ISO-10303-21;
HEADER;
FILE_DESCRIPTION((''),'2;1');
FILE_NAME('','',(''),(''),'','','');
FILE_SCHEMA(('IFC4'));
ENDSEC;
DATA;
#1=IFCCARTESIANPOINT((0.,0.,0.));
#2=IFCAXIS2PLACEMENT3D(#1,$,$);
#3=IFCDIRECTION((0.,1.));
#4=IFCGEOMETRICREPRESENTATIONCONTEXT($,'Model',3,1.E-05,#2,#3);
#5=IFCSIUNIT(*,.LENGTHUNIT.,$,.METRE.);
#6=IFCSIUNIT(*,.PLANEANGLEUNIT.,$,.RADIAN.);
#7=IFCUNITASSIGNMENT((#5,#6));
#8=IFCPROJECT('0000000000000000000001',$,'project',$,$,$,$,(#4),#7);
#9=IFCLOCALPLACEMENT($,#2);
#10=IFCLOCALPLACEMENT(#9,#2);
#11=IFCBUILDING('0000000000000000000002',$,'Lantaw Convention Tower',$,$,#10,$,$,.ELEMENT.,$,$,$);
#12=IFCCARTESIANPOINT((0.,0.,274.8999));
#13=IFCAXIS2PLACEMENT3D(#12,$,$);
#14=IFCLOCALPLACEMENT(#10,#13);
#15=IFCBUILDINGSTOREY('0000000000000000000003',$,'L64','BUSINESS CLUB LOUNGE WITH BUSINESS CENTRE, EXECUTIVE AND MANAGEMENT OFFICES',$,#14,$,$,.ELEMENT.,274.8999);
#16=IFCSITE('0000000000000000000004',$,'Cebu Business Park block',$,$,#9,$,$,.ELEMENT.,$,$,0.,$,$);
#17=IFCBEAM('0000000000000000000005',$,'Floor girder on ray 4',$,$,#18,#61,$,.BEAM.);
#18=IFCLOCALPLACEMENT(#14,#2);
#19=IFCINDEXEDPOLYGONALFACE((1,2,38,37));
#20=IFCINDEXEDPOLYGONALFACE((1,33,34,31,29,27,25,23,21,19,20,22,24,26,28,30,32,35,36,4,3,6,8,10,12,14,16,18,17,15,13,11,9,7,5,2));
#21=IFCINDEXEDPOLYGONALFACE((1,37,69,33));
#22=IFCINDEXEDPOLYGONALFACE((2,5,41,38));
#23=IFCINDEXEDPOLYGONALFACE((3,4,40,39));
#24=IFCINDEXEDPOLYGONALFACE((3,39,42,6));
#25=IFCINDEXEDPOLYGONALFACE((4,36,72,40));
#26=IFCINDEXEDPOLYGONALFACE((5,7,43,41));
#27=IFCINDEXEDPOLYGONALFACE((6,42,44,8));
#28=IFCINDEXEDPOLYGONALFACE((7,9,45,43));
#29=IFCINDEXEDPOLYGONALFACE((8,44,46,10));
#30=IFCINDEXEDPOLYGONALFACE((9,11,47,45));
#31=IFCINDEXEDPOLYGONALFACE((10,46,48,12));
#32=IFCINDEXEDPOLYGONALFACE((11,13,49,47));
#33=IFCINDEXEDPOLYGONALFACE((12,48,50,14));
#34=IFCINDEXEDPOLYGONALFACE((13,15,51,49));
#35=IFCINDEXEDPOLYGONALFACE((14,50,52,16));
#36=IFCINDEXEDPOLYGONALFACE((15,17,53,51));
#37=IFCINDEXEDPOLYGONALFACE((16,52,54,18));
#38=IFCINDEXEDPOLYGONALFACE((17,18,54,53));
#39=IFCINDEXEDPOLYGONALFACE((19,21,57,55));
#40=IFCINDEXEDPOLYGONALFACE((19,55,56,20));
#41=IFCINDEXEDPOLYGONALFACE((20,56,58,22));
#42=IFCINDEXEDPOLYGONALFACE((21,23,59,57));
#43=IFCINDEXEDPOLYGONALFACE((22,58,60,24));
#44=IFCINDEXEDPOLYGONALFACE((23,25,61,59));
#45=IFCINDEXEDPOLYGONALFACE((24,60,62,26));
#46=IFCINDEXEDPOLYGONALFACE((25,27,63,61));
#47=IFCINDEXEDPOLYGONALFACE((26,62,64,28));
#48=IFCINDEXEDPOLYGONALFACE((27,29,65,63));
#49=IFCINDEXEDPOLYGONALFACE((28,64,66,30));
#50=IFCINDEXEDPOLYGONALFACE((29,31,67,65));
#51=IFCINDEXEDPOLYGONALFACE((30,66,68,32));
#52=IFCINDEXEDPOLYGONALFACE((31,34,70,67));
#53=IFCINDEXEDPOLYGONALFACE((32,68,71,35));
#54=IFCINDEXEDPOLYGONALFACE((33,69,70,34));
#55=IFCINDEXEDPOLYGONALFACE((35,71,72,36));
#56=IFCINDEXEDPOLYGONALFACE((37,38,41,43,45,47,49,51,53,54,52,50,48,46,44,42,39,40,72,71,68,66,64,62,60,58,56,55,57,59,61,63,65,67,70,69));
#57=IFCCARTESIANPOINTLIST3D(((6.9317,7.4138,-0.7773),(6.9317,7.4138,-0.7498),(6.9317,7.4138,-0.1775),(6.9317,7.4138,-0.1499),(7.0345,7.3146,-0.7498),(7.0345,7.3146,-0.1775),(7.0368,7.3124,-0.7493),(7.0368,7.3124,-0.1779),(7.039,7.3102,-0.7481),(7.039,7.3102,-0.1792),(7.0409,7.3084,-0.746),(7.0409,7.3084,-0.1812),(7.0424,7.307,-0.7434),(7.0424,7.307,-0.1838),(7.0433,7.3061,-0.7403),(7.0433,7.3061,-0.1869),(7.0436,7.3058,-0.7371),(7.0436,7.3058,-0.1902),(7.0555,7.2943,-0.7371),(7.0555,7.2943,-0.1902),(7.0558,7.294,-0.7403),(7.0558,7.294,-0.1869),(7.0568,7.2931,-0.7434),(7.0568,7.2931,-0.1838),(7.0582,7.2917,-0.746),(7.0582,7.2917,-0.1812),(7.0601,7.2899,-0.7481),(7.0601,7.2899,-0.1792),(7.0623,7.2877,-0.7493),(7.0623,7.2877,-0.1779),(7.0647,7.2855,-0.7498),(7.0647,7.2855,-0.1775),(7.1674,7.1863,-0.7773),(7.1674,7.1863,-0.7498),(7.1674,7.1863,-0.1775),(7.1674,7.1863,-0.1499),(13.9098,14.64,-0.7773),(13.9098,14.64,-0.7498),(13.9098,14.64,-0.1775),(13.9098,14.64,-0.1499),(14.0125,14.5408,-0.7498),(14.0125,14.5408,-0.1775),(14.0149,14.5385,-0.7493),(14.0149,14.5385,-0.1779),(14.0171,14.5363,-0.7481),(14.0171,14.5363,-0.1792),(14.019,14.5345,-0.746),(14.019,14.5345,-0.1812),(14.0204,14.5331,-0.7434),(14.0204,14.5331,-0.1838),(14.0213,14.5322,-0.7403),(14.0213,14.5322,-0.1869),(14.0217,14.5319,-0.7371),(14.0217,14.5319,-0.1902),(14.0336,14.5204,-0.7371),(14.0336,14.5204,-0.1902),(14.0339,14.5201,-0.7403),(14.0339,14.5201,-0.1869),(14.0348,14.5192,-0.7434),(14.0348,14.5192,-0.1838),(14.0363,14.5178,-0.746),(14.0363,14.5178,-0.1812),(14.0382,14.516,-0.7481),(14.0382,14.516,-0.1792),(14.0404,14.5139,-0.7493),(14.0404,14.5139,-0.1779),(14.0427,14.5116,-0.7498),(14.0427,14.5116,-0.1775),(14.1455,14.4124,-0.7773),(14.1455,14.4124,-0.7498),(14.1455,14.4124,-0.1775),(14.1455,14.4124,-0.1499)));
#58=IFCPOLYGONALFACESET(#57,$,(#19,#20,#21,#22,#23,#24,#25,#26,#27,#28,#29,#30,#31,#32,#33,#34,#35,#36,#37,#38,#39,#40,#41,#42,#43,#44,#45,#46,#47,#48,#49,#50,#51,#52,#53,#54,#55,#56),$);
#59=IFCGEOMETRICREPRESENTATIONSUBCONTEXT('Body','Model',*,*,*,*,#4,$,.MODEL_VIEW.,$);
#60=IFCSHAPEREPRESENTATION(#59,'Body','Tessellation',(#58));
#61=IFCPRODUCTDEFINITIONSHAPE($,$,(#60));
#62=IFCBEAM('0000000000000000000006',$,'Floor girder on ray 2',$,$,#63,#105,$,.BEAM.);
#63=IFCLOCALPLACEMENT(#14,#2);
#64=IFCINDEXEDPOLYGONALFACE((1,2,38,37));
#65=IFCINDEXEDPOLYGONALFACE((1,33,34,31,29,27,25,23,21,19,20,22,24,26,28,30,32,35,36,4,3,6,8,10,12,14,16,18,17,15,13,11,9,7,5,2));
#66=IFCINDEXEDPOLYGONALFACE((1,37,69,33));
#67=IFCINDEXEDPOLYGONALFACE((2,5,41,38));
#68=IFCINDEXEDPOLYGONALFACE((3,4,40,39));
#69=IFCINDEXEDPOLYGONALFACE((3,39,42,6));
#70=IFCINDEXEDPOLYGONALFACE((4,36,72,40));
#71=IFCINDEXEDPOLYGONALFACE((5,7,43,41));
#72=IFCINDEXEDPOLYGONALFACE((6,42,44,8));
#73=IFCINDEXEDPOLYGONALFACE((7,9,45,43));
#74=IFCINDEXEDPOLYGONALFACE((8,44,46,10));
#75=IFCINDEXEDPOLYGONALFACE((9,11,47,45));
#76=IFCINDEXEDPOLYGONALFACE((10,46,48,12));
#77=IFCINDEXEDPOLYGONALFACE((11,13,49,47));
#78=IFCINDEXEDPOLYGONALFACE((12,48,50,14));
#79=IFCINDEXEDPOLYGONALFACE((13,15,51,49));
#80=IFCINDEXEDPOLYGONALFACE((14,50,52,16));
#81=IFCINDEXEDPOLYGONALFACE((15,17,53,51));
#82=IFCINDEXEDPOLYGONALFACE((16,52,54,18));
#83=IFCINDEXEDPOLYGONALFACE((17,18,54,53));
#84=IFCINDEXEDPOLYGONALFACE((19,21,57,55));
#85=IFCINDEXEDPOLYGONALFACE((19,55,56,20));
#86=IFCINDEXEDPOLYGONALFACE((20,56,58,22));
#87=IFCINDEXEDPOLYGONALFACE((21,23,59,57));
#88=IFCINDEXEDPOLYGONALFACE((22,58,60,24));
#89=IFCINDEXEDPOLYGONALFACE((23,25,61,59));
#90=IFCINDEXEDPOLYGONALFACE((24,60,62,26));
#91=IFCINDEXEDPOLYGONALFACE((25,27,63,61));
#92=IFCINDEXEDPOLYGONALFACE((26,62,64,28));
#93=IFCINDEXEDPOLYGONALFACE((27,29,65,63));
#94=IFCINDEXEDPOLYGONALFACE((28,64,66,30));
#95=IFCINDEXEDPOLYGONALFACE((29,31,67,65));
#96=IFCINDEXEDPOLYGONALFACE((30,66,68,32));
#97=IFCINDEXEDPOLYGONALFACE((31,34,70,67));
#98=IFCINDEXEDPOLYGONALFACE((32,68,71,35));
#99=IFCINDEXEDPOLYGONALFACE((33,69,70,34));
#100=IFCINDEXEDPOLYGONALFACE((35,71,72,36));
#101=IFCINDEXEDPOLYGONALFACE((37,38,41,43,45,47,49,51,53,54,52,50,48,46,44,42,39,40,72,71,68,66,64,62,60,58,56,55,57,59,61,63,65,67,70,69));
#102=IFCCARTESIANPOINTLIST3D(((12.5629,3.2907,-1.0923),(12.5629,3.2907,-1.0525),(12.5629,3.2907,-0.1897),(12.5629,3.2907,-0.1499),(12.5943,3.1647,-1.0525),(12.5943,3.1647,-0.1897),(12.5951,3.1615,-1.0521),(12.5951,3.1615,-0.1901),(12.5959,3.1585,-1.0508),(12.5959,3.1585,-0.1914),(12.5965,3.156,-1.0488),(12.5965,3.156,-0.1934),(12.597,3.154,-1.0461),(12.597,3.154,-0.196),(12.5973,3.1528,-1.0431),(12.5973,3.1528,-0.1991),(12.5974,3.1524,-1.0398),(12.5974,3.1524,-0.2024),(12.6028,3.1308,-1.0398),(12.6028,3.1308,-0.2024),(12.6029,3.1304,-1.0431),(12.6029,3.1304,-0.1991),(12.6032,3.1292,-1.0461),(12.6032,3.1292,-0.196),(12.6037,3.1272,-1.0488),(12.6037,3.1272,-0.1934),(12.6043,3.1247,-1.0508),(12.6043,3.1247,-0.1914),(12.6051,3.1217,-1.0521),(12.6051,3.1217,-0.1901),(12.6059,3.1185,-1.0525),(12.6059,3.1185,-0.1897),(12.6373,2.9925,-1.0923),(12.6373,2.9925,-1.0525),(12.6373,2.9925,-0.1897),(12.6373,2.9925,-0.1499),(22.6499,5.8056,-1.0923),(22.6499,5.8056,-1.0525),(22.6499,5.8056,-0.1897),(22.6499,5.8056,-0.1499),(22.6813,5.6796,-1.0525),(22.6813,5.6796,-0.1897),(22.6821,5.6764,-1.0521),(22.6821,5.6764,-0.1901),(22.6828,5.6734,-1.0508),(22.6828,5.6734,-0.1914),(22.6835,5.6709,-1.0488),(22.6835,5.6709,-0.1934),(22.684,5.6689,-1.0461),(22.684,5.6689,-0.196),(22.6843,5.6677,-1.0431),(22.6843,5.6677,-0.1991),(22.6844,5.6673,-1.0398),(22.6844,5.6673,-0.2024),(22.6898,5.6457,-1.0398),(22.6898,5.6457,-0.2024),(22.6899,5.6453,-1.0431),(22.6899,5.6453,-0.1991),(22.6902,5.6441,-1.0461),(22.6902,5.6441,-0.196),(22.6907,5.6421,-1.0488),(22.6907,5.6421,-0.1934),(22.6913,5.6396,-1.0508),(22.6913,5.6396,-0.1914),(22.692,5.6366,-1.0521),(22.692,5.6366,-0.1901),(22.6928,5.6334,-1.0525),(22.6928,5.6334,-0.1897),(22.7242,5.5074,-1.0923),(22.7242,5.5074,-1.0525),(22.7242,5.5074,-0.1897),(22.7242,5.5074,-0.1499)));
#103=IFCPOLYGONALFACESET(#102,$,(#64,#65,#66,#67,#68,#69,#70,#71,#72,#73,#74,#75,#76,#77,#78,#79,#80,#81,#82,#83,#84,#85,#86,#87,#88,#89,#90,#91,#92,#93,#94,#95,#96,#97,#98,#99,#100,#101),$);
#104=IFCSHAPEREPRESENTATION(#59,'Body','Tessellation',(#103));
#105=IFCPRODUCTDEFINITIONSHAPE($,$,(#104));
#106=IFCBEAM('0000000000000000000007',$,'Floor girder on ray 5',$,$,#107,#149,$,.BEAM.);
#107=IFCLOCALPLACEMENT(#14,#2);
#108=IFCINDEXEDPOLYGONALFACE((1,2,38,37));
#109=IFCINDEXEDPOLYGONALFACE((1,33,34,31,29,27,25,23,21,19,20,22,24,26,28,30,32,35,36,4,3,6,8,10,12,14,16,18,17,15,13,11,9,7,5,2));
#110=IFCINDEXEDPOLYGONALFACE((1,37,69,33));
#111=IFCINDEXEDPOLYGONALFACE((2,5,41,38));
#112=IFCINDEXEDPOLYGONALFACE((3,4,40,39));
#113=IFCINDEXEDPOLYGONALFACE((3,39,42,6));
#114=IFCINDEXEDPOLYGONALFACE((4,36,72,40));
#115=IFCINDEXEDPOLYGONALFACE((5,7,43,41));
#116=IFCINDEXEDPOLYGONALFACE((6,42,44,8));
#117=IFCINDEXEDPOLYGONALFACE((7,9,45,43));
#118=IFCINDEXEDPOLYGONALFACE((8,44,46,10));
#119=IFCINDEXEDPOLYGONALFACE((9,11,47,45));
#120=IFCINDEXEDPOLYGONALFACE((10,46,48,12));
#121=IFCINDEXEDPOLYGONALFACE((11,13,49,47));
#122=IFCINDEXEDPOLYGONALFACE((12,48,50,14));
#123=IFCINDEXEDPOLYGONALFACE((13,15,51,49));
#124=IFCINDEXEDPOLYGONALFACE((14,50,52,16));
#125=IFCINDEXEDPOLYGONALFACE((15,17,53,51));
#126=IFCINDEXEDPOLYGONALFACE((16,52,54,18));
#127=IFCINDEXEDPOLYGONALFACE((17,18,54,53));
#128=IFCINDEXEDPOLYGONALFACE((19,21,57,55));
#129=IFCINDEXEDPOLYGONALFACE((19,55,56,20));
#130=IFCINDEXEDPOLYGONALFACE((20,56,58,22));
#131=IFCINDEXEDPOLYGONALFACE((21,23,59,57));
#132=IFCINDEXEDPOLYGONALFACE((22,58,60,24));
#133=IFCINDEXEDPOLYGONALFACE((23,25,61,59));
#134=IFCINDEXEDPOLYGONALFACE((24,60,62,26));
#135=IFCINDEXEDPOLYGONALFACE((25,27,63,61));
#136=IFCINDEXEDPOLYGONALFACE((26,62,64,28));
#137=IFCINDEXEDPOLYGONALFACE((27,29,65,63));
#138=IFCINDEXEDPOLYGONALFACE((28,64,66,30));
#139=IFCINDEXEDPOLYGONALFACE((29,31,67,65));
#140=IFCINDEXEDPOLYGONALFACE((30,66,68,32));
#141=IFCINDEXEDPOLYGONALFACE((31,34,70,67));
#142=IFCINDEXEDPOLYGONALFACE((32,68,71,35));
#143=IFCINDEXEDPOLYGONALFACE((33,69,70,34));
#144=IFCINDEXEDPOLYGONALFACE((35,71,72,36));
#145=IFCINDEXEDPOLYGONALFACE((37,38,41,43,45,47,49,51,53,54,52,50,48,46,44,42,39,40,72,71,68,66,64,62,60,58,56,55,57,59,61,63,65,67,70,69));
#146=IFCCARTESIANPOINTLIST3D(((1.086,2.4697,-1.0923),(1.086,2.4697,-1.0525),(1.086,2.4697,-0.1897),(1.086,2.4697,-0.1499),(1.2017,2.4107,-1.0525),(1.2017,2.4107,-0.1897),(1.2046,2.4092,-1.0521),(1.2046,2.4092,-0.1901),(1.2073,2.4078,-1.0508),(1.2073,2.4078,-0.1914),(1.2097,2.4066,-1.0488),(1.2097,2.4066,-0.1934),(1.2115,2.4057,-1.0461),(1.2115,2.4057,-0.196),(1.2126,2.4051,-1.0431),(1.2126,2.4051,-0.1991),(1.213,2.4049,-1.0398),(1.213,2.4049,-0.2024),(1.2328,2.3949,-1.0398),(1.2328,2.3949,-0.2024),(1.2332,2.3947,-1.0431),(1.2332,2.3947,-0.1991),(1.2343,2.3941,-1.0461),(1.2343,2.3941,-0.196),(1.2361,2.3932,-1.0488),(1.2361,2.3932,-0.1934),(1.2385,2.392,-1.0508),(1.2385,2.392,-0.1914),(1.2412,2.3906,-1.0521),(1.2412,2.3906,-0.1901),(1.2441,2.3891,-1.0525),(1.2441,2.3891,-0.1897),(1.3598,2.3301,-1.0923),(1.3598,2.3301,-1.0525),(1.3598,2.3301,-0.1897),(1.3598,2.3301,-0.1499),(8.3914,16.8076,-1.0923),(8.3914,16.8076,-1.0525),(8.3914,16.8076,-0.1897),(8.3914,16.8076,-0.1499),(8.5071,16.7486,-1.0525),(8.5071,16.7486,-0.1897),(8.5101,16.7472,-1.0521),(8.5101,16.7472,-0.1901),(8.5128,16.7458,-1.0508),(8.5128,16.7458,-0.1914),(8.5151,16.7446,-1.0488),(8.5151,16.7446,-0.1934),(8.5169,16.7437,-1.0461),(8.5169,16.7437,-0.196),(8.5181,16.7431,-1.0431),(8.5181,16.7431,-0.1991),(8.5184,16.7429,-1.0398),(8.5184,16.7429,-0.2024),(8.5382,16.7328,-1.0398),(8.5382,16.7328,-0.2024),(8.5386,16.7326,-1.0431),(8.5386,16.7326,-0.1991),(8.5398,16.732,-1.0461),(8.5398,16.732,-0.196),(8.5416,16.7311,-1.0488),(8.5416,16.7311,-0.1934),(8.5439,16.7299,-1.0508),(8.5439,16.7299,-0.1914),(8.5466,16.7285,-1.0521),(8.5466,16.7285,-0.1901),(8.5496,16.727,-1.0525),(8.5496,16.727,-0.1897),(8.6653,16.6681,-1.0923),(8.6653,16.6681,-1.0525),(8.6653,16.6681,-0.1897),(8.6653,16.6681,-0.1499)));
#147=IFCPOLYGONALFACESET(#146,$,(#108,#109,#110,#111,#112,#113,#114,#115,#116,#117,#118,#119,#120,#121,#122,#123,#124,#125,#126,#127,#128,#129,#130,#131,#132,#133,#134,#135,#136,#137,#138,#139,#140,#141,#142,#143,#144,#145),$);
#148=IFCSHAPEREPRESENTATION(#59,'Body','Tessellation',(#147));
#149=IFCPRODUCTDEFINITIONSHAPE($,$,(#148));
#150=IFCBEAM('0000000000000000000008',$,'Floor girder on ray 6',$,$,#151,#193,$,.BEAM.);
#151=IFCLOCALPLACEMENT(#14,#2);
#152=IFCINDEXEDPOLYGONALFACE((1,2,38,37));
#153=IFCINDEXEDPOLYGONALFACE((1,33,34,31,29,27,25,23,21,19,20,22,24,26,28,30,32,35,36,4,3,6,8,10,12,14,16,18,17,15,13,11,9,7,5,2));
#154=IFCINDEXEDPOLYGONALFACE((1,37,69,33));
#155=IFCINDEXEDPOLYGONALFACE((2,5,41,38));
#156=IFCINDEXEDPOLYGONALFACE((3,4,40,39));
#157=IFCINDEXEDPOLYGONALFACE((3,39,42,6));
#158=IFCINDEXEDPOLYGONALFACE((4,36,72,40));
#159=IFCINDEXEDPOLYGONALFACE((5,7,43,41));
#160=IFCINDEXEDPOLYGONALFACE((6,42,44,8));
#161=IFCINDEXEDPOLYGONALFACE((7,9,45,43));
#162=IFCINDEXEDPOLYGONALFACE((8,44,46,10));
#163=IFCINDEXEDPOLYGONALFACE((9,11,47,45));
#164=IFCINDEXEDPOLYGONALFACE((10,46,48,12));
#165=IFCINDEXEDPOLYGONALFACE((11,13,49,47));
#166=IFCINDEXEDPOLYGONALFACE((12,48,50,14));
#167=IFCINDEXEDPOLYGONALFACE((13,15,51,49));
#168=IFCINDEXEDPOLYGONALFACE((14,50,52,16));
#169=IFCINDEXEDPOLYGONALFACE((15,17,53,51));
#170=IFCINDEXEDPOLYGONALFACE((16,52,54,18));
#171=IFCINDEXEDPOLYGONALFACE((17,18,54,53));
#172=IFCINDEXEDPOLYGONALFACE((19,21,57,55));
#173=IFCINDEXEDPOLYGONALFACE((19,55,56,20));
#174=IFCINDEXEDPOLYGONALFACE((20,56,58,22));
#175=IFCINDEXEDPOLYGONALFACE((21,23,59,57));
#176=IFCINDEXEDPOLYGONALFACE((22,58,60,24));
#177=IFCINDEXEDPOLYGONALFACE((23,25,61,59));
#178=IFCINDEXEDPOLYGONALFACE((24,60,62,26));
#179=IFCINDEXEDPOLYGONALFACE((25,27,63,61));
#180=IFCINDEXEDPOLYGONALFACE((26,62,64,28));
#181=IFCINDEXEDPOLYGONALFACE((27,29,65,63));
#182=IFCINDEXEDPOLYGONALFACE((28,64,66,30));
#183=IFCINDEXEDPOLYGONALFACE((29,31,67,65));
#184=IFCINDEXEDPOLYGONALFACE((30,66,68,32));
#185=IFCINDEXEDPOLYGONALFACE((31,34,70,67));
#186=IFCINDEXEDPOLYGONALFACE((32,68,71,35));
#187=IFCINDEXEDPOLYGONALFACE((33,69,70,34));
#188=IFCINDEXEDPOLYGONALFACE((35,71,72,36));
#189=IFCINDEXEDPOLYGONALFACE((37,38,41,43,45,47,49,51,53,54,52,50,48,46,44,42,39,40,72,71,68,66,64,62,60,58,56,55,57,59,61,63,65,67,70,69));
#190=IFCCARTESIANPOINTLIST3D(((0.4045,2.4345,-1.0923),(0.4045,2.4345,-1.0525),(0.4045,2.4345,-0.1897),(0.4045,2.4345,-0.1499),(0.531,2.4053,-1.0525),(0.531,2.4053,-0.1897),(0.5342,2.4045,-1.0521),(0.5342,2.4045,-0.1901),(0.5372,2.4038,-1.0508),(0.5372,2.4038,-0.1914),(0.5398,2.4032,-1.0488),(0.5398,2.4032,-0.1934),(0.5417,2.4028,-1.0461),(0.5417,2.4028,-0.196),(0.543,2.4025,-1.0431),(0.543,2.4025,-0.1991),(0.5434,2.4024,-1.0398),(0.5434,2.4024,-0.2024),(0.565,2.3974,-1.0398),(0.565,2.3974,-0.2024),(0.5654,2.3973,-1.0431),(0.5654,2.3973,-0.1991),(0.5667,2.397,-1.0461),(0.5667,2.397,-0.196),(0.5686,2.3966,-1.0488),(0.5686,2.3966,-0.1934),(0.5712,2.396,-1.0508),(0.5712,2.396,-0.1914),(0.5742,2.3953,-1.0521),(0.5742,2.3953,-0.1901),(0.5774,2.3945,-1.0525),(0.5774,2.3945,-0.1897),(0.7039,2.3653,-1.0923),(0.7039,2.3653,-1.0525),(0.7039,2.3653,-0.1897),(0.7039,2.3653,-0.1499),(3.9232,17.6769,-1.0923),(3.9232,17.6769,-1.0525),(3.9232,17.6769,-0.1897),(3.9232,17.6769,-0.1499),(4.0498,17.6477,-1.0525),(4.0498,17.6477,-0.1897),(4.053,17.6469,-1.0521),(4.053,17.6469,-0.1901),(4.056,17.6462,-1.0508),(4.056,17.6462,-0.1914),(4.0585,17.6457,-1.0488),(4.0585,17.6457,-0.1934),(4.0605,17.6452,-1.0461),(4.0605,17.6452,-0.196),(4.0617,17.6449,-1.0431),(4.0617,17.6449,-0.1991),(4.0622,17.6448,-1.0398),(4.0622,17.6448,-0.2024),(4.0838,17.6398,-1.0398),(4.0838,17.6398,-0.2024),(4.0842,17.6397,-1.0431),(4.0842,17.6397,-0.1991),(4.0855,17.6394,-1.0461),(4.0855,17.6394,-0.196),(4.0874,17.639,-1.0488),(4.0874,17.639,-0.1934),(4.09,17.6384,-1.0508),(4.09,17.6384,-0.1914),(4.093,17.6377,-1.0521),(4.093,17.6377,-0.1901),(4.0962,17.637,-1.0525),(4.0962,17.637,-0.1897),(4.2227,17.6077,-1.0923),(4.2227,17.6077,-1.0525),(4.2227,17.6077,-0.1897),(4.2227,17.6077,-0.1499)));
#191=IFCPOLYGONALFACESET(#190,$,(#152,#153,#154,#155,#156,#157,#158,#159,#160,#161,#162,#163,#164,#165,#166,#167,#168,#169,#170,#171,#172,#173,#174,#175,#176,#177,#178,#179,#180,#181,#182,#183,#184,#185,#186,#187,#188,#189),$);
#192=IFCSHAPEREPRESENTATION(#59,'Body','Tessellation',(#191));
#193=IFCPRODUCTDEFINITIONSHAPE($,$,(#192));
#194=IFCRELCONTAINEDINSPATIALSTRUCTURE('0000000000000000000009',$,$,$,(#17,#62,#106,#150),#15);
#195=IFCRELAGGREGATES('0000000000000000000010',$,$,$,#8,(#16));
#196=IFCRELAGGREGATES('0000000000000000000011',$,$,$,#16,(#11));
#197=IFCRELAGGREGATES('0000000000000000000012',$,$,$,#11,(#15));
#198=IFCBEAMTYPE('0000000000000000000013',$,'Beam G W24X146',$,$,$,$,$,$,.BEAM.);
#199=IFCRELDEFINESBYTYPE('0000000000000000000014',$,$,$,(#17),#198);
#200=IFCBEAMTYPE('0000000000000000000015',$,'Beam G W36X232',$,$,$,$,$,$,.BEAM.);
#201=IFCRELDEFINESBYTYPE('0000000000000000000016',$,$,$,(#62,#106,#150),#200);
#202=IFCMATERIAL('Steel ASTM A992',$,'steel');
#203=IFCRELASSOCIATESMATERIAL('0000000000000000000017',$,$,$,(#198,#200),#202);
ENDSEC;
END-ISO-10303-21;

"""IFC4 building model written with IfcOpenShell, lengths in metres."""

from ifc_helpers import new_model, si_unit, direction, frame, origin, origin_2d, place, context, subcontext, project, spatial, i_section, extrude, material, material_profile, profile_set, type_object, element, save


model = new_model("IFC4")

# Units and contexts
model_context = context("Model", 3, precision=1e-05, world=origin(), true_north=direction((0.0, 1.0)))
body_context = subcontext(model_context, "Body", "Model", "MODEL_VIEW")
ifc_project = project(units=[si_unit("LENGTHUNIT", "METRE"), si_unit("PLANEANGLEUNIT", "RADIAN")], contexts=[model_context])

# Site, building, storey
site_placement = place(None, origin())
site = spatial("IfcSite", under=ifc_project, at=site_placement, Name="Cebu Business Park block", CompositionType="ELEMENT", RefElevation=0.0)
building_placement = place(site_placement, origin())
building = spatial("IfcBuilding", under=site, at=building_placement, Name="Lantaw Convention Tower", CompositionType="ELEMENT")
storey_placement = place(building_placement, frame((0.0, 0.0, 274.8999)))
storey = spatial("IfcBuildingStorey", under=building, at=storey_placement, Name="L64", Description="BUSINESS CLUB LOUNGE WITH BUSINESS CENTRE, EXECUTIVE AND MANAGEMENT OFFICES", CompositionType="ELEMENT", Elevation=274.8999)

# Beams
ifc_material_1 = material(Name="Steel ASTM A992", Category="steel")
ifc_material_profile_1 = material_profile(ifc_material_1, i_section(OverallWidth=0.3276, OverallDepth=0.6274, WebThickness=0.0166, FlangeThickness=0.0276, FilletRadius=0.0127, at=origin_2d()), Name="W24X146")
ifc_profile_set_1 = profile_set([ifc_material_profile_1], Name="Steel ASTM A992")
beam_type_1 = type_object("IfcBeamType", Name="Beam G W24X146", PredefinedType="BEAM", material=ifc_profile_set_1)
beam_1_placement = place(storey_placement, frame((7.0496, 7.3, -0.4636), z_axis=(0.694653, 0.719345, 0.0), x_axis=(-0.719345, 0.694653, 0.0)))
element("IfcBeam", 1, at=beam_1_placement, inside=storey, type_object=beam_type_1, Name="Floor girder on ray 4", PredefinedType="BEAM", context=body_context, shape_type="SweptSolid", body=[
    extrude(i_section(OverallWidth=0.3276, OverallDepth=0.6274, WebThickness=0.0166, FlangeThickness=0.0276, FilletRadius=0.0127, at=origin_2d()), origin(), (0.0, 0.0, 1.0), 10.0454),
])
ifc_material_profile_2 = material_profile(ifc_material_1, i_section(OverallWidth=0.3074, OverallDepth=0.9424, WebThickness=0.0222, FlangeThickness=0.0398, FilletRadius=0.0127, at=origin_2d()), Name="W36X232")
ifc_profile_set_2 = profile_set([ifc_material_profile_2], Name="Steel ASTM A992")
beam_type_2 = type_object("IfcBeamType", Name="Beam G W36X232", PredefinedType="BEAM", material=ifc_profile_set_2)
beam_2_placement = place(storey_placement, frame((12.6001, 3.1416, -0.6211), z_axis=(0.970297, 0.241917, 0.0), x_axis=(-0.241917, 0.970297, 0.0)))
element("IfcBeam", 2, at=beam_2_placement, inside=storey, type_object=beam_type_2, Name="Floor girder on ray 2", PredefinedType="BEAM", context=body_context, shape_type="SweptSolid", body=[
    extrude(i_section(OverallWidth=0.3074, OverallDepth=0.9424, WebThickness=0.0222, FlangeThickness=0.0398, FilletRadius=0.0127, at=origin_2d()), origin(), (0.0, 0.0, 1.0), 10.3958),
])
beam_3_placement = place(storey_placement, frame((1.2229, 2.3999, -0.6211), z_axis=(0.453986, 0.891009, 0.0), x_axis=(-0.891009, 0.453986, 0.0)))
element("IfcBeam", 3, at=beam_3_placement, inside=storey, type_object=beam_type_2, Name="Floor girder on ray 5", PredefinedType="BEAM", context=body_context, shape_type="SweptSolid", body=[
    extrude(i_section(OverallWidth=0.3074, OverallDepth=0.9424, WebThickness=0.0222, FlangeThickness=0.0398, FilletRadius=0.0127, at=origin_2d()), origin(), (0.0, 0.0, 1.0), 16.0918),
])
beam_4_placement = place(storey_placement, frame((0.5542, 2.3999, -0.6211), z_axis=(0.224939, 0.974373, 0.0), x_axis=(-0.974373, 0.224939, 0.0)))
element("IfcBeam", 4, at=beam_4_placement, inside=storey, type_object=beam_type_2, Name="Floor girder on ray 6", PredefinedType="BEAM", context=body_context, shape_type="SweptSolid", body=[
    extrude(i_section(OverallWidth=0.3074, OverallDepth=0.9424, WebThickness=0.0222, FlangeThickness=0.0398, FilletRadius=0.0127, at=origin_2d()), origin(), (0.0, 0.0, 1.0), 15.6433),
])

save(model, "model.ifc")
